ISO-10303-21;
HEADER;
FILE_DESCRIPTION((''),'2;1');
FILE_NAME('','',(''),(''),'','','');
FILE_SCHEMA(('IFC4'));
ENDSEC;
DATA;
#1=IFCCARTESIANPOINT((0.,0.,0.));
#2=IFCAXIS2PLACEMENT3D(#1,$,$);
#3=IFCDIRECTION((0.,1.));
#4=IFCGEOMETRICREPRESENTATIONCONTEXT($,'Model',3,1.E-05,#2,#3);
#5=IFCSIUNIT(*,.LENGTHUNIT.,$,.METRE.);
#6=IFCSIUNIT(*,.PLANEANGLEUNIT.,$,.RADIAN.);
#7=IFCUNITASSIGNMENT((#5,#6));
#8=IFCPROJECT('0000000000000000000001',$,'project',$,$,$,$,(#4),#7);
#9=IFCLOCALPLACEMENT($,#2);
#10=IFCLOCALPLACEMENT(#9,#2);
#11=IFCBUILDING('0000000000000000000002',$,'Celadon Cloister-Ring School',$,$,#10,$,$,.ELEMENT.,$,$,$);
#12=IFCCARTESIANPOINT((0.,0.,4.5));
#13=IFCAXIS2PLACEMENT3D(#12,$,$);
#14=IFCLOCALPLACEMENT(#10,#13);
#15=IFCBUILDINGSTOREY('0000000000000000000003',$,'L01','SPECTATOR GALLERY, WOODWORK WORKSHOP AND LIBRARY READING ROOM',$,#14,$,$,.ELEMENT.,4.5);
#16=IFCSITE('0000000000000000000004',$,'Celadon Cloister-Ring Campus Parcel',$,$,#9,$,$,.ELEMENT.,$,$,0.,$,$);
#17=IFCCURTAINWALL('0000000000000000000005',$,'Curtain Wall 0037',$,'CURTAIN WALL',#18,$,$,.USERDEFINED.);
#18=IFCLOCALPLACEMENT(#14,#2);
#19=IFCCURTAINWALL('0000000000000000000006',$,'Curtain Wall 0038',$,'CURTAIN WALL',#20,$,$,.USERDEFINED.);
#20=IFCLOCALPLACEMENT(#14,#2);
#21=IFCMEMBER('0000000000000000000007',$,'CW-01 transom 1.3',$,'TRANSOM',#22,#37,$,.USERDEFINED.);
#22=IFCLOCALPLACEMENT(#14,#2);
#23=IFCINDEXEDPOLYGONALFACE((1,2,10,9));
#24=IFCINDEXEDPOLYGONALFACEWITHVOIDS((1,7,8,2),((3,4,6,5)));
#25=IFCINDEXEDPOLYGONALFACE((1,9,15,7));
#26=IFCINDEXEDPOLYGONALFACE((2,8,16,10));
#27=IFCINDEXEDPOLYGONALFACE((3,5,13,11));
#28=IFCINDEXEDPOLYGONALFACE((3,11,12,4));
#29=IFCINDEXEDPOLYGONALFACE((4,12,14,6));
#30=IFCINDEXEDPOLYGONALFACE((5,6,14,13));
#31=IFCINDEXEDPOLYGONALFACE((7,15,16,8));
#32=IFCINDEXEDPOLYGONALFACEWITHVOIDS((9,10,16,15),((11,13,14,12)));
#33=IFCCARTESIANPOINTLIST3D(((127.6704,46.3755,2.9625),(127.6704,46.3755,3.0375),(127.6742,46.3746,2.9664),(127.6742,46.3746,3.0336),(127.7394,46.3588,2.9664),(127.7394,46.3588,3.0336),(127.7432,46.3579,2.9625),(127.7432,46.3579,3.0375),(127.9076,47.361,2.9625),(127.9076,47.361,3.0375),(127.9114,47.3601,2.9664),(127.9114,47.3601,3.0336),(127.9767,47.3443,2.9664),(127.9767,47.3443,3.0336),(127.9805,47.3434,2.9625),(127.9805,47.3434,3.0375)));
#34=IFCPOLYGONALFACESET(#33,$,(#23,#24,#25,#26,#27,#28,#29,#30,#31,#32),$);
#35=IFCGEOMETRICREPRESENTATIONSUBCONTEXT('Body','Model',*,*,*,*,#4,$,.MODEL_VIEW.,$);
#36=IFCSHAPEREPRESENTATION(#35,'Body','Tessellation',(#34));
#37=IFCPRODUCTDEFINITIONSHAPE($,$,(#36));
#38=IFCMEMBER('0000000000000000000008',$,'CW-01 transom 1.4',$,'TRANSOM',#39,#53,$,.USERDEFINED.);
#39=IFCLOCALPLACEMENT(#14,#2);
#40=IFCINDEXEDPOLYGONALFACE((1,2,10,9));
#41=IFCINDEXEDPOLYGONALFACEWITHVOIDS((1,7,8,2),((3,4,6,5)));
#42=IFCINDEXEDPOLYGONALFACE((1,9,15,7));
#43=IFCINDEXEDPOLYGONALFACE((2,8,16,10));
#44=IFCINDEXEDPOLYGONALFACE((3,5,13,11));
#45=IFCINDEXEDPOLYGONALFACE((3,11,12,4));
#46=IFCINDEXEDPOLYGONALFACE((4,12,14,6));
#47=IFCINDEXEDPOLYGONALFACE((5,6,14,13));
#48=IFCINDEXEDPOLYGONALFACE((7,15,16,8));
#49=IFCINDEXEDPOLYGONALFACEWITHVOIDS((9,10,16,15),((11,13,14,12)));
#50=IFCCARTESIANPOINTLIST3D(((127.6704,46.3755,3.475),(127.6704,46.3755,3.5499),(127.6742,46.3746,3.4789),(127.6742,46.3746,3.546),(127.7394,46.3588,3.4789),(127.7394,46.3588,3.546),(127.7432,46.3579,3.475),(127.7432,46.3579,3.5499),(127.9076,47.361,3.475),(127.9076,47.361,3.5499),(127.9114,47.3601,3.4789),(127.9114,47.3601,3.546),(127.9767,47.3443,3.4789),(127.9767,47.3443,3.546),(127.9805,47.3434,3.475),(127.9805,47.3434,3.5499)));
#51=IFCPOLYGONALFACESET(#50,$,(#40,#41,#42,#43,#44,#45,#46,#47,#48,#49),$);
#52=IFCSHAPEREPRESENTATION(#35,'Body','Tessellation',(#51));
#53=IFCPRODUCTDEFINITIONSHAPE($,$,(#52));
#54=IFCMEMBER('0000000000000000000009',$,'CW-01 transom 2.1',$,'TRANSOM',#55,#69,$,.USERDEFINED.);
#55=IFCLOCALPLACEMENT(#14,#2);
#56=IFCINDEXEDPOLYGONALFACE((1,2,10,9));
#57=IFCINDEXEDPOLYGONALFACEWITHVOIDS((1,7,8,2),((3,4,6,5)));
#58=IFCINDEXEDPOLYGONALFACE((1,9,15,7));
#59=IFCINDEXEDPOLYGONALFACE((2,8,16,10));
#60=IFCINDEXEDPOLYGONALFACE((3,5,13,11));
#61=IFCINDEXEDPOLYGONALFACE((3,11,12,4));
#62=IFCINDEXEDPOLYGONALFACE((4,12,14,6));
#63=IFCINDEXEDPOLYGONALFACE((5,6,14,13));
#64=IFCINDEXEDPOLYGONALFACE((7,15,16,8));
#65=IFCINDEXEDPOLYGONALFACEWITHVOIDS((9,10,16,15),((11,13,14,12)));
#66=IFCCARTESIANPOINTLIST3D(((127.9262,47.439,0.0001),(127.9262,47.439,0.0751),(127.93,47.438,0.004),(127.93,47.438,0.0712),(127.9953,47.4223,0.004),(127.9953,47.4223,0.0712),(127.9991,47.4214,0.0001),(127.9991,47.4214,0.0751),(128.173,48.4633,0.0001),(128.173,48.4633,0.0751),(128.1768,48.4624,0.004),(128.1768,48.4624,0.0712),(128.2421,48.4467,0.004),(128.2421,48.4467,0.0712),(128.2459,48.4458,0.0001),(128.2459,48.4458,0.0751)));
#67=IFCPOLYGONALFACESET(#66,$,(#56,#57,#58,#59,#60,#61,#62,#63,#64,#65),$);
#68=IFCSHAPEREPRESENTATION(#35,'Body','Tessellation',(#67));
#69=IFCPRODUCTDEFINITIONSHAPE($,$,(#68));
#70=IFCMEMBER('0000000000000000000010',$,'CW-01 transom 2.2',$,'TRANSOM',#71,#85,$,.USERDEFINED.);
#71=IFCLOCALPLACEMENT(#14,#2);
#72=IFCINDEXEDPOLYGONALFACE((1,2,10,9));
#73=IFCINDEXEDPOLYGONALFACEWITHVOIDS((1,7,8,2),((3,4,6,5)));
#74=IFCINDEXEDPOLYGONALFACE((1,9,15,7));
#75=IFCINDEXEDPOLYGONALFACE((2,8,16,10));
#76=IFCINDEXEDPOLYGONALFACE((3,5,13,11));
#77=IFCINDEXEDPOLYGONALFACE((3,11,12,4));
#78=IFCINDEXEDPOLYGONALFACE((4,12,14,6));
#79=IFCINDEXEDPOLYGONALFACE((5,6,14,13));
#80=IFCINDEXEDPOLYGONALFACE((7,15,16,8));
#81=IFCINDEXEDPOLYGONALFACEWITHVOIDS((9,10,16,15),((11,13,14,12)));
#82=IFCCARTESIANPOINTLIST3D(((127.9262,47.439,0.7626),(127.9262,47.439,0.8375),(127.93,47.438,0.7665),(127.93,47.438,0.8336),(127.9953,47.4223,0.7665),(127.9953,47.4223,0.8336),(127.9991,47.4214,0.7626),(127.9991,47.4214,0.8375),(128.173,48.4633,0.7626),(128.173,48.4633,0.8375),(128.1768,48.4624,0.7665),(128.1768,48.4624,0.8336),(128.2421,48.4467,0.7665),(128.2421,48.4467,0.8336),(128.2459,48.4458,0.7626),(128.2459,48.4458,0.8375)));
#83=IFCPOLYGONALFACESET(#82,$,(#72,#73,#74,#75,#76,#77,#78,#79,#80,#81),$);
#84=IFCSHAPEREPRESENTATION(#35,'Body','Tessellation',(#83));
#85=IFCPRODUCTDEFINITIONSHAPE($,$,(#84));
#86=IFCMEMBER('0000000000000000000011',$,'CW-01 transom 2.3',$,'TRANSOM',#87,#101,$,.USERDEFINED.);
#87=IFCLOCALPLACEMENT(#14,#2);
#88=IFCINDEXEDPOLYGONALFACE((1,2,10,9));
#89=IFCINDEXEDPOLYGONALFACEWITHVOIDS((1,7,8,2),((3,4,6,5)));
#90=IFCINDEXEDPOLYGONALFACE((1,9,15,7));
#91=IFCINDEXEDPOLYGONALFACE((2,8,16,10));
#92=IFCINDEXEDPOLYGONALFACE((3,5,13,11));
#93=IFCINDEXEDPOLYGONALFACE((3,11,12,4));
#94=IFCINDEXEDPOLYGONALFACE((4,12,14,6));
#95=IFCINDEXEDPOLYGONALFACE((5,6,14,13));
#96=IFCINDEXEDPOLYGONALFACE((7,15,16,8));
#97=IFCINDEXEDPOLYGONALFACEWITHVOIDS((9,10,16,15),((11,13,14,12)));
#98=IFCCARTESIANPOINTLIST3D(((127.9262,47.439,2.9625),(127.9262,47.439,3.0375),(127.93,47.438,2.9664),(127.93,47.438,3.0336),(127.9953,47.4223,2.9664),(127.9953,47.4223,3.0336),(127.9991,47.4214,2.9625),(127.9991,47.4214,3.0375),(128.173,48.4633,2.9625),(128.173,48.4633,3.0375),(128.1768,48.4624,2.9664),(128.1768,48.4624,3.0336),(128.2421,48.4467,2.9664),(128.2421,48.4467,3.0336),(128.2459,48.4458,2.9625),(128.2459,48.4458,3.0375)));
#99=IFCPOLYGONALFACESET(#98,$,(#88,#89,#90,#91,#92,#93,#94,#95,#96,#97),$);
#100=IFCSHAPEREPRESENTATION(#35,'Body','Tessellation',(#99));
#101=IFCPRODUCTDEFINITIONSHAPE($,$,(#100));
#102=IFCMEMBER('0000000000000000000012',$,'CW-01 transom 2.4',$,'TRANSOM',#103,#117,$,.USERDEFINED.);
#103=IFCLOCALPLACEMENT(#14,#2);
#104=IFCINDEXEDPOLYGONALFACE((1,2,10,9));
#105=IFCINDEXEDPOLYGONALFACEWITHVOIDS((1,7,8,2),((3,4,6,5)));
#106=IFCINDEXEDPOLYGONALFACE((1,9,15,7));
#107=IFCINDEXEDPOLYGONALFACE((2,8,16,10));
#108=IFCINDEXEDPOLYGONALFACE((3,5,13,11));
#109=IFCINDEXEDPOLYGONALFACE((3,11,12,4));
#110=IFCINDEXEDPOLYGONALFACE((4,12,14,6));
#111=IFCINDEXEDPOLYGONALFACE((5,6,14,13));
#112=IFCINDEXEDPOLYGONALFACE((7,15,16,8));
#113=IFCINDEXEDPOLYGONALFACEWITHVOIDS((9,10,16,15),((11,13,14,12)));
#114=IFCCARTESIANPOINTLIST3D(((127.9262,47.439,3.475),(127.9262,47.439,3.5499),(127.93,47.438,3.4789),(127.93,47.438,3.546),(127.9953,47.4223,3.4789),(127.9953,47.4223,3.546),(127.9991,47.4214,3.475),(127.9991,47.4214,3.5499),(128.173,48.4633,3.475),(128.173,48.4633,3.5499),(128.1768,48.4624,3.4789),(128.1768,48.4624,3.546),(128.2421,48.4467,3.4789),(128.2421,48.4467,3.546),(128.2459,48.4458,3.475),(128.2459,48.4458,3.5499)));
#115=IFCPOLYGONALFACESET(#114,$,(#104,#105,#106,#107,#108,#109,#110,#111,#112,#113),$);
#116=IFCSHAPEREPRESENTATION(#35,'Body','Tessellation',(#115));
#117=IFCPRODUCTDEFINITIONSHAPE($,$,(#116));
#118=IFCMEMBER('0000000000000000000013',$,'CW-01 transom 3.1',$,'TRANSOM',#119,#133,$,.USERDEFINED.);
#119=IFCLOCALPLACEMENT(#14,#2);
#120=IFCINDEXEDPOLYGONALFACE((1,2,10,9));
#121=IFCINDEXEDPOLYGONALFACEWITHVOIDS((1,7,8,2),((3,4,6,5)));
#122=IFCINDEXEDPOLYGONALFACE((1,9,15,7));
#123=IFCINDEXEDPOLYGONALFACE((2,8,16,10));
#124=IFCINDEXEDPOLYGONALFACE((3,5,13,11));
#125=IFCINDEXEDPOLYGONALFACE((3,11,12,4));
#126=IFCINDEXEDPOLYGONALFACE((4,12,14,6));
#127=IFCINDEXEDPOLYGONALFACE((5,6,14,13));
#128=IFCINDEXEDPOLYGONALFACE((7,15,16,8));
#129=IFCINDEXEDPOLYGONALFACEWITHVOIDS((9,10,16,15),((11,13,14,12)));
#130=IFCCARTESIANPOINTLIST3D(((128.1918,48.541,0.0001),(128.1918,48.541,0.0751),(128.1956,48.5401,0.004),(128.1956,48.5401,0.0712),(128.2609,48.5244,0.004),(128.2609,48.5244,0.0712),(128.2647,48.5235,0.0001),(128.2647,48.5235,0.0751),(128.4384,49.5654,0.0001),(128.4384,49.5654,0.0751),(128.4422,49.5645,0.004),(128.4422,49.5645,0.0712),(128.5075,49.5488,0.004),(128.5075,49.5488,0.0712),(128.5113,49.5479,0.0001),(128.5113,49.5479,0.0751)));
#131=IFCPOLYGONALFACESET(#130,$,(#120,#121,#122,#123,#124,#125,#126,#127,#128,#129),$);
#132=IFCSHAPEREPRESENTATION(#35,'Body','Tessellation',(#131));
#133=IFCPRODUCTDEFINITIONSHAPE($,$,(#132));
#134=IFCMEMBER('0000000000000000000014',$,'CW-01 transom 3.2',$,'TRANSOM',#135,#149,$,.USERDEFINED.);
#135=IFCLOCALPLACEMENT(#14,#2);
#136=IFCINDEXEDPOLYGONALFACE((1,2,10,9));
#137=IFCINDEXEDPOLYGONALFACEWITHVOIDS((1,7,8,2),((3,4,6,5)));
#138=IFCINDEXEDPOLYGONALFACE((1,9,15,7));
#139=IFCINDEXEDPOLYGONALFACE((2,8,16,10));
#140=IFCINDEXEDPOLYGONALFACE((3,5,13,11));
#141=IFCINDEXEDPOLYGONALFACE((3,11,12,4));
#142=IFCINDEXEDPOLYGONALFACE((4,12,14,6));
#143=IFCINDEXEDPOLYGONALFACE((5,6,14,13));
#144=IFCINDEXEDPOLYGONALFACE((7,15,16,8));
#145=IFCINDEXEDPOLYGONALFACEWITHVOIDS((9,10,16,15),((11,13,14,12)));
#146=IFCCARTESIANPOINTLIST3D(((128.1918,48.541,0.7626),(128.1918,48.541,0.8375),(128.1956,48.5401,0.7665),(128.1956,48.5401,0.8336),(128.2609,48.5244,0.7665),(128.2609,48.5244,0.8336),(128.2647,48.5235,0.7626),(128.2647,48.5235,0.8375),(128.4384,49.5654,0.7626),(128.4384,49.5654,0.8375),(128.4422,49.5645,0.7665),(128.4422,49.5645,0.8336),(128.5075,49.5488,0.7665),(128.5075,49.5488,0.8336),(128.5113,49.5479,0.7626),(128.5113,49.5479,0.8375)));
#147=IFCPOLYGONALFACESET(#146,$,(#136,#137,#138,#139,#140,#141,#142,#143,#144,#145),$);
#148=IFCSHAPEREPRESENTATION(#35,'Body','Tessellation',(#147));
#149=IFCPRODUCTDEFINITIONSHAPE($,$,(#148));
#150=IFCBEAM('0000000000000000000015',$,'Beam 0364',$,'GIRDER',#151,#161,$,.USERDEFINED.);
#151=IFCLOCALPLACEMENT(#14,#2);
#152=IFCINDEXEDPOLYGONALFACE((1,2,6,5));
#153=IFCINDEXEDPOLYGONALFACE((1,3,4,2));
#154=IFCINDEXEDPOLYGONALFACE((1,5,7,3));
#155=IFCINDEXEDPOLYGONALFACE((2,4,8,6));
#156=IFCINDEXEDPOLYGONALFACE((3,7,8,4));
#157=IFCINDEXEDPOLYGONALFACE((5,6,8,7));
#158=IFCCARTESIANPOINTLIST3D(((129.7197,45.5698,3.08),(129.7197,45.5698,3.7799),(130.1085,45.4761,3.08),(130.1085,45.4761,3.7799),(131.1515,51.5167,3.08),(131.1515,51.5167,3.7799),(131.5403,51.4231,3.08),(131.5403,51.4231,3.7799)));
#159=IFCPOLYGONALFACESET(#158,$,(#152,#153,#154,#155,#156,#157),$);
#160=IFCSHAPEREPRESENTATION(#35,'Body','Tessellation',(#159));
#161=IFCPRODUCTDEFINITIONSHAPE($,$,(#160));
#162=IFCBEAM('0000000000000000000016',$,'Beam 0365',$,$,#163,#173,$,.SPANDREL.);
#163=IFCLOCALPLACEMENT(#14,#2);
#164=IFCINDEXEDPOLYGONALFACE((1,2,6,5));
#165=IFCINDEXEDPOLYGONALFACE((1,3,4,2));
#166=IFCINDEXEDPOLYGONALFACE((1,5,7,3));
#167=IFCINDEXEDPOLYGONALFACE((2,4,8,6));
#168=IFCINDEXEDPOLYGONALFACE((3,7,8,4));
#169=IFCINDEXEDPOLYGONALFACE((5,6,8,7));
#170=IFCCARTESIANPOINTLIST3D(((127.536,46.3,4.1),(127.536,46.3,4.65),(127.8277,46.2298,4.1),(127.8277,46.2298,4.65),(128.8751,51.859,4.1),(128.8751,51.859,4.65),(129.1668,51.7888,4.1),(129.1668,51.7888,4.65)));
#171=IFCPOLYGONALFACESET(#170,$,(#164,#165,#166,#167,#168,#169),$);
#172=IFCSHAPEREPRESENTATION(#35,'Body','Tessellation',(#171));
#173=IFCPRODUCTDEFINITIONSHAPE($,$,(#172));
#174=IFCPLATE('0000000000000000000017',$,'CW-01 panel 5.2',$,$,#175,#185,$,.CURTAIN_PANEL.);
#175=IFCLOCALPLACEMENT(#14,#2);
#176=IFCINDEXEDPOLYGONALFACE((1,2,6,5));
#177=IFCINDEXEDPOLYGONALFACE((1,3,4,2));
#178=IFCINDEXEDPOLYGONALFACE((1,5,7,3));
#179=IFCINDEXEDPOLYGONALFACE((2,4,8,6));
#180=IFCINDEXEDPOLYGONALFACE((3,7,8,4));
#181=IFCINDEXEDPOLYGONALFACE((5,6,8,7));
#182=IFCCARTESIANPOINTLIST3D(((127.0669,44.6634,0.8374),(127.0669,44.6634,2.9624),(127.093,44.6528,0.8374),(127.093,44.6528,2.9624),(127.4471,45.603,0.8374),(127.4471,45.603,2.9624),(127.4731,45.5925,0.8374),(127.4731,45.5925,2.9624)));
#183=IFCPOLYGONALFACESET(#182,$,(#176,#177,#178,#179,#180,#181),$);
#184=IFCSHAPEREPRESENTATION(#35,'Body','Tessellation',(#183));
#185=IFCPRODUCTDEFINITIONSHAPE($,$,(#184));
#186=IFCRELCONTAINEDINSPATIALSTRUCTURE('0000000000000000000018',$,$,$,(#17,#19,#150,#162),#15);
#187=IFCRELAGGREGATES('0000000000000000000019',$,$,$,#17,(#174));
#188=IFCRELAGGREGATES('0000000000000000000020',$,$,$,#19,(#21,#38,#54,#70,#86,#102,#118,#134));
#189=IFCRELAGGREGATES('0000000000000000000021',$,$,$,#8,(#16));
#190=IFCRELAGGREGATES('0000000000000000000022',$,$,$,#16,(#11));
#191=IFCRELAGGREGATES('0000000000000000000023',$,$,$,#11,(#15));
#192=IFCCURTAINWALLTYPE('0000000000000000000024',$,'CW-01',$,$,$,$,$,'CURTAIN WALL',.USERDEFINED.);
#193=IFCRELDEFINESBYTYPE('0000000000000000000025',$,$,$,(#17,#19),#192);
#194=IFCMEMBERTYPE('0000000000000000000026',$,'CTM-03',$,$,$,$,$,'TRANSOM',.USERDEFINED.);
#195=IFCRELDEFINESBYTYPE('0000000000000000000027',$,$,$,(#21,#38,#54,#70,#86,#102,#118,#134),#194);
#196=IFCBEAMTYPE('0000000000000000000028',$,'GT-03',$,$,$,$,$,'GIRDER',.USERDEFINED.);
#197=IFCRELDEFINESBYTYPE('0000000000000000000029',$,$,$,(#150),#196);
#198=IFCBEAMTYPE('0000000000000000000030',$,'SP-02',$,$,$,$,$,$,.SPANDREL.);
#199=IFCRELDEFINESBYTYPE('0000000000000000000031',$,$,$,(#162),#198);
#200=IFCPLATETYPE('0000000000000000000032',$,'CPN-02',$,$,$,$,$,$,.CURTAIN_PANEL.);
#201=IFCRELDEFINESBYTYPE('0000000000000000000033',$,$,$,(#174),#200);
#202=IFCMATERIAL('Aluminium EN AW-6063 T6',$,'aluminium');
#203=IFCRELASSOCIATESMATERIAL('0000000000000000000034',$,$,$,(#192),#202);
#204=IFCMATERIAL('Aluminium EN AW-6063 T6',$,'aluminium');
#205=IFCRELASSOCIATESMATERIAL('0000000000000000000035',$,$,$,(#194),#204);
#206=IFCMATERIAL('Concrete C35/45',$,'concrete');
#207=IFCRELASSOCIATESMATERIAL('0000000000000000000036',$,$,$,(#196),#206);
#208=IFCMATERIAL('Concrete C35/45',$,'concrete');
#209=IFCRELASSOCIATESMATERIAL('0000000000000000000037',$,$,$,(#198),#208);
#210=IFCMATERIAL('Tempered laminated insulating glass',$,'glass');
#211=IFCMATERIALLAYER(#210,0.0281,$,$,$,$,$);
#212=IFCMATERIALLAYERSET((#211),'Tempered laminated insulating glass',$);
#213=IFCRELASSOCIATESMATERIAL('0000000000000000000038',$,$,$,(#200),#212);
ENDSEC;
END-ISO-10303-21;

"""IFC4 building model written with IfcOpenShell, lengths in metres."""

from ifc_helpers import new_model, si_unit, direction, frame, origin, origin_2d, place, context, subcontext, project, spatial, rectangle, hollow_rectangle, extrude, material, layer, layer_set, material_profile, profile_set, type_object, element, aggregate, save


model = new_model("IFC4")

# Units and contexts
model_context = context("Model", 3, precision=1e-05, world=origin(), true_north=direction((0.0, 1.0)))
body_context = subcontext(model_context, "Body", "Model", "MODEL_VIEW")
ifc_project = project(units=[si_unit("LENGTHUNIT", "METRE"), si_unit("PLANEANGLEUNIT", "RADIAN")], contexts=[model_context])

# Site, building, storey
site_placement = place(None, origin())
site = spatial("IfcSite", under=ifc_project, at=site_placement, Name="Celadon Cloister-Ring Campus Parcel", CompositionType="ELEMENT", RefElevation=0.0)
building_placement = place(site_placement, origin())
building = spatial("IfcBuilding", under=site, at=building_placement, Name="Celadon Cloister-Ring School", CompositionType="ELEMENT")
storey_placement = place(building_placement, frame((0.0, 0.0, 4.5)))
storey = spatial("IfcBuildingStorey", under=building, at=storey_placement, Name="L01", Description="SPECTATOR GALLERY, WOODWORK WORKSHOP AND LIBRARY READING ROOM", CompositionType="ELEMENT", Elevation=4.5)

# Curtain wall
ifc_material_1 = material(Name="Aluminium EN AW-6063 T6", Category="aluminium")
curtain_wall_type = type_object("IfcCurtainWallType", Name="CW-01", ElementType="CURTAIN WALL", PredefinedType="USERDEFINED", material=ifc_material_1)
curtain_wall_1_placement = place(storey_placement, origin())
curtain_wall_1 = element("IfcCurtainWall", 1, at=curtain_wall_1_placement, inside=storey, type_object=curtain_wall_type, Name="Curtain Wall 0037", ObjectType="CURTAIN WALL", PredefinedType="USERDEFINED")

# Curtain wall, members
curtain_wall_2_placement = place(storey_placement, origin())
curtain_wall_2 = element("IfcCurtainWall", 2, at=curtain_wall_2_placement, inside=storey, type_object=curtain_wall_type, Name="Curtain Wall 0038", ObjectType="CURTAIN WALL", PredefinedType="USERDEFINED")
ifc_material_2 = material(Name="Aluminium EN AW-6063 T6", Category="aluminium")
ifc_material_profile_1 = material_profile(ifc_material_2, hollow_rectangle(XDim=0.075, YDim=0.075, WallThickness=0.0039, at=origin_2d()), Name="RHS75X75X4")
ifc_profile_set_1 = profile_set([ifc_material_profile_1], Name="Aluminium EN AW-6063 T6")
member_type_1 = type_object("IfcMemberType", Name="CTM-03", ElementType="TRANSOM", PredefinedType="USERDEFINED", material=ifc_profile_set_1)
member_1_placement = place(storey_placement, frame((127.7068, 46.3667, 3.0), z_axis=(0.234083, 0.972217, 0.0), x_axis=(-0.972217, 0.234083, 0.0)))
member_1 = element("IfcMember", 3, at=member_1_placement, type_object=member_type_1, Name="CW-01 transom 1.3", ObjectType="TRANSOM", PredefinedType="USERDEFINED", context=body_context, shape_type="SweptSolid", body=[
    extrude(hollow_rectangle(XDim=0.075, YDim=0.075, WallThickness=0.0039, at=origin_2d()), origin(), (0.0, 0.0, 1.0), 1.0137),
])
member_2_placement = place(storey_placement, frame((127.7068, 46.3667, 3.5125), z_axis=(0.234083, 0.972217, 0.0), x_axis=(-0.972217, 0.234083, 0.0)))
member_2 = element("IfcMember", 4, at=member_2_placement, type_object=member_type_1, Name="CW-01 transom 1.4", ObjectType="TRANSOM", PredefinedType="USERDEFINED", context=body_context, shape_type="SweptSolid", body=[
    extrude(hollow_rectangle(XDim=0.075, YDim=0.075, WallThickness=0.0039, at=origin_2d()), origin(), (0.0, 0.0, 1.0), 1.0137),
])
member_3_placement = place(storey_placement, frame((127.9626, 47.4302, 0.0376), z_axis=(0.23424, 0.972179, 0.0), x_axis=(-0.972179, 0.23424, 0.0)))
member_3 = element("IfcMember", 5, at=member_3_placement, type_object=member_type_1, Name="CW-01 transom 2.1", ObjectType="TRANSOM", PredefinedType="USERDEFINED", context=body_context, shape_type="SweptSolid", body=[
    extrude(hollow_rectangle(XDim=0.075, YDim=0.075, WallThickness=0.0039, at=origin_2d()), origin(), (0.0, 0.0, 1.0), 1.0537),
])
member_4_placement = place(storey_placement, frame((127.9626, 47.4302, 0.8), z_axis=(0.23424, 0.972179, 0.0), x_axis=(-0.972179, 0.23424, 0.0)))
member_4 = element("IfcMember", 6, at=member_4_placement, type_object=member_type_1, Name="CW-01 transom 2.2", ObjectType="TRANSOM", PredefinedType="USERDEFINED", context=body_context, shape_type="SweptSolid", body=[
    extrude(hollow_rectangle(XDim=0.075, YDim=0.075, WallThickness=0.0039, at=origin_2d()), origin(), (0.0, 0.0, 1.0), 1.0537),
])
member_5_placement = place(storey_placement, frame((127.9626, 47.4302, 3.0), z_axis=(0.23424, 0.972179, 0.0), x_axis=(-0.972179, 0.23424, 0.0)))
member_5 = element("IfcMember", 7, at=member_5_placement, type_object=member_type_1, Name="CW-01 transom 2.3", ObjectType="TRANSOM", PredefinedType="USERDEFINED", context=body_context, shape_type="SweptSolid", body=[
    extrude(hollow_rectangle(XDim=0.075, YDim=0.075, WallThickness=0.0039, at=origin_2d()), origin(), (0.0, 0.0, 1.0), 1.0537),
])
member_6_placement = place(storey_placement, frame((127.9626, 47.4302, 3.5125), z_axis=(0.23424, 0.972179, 0.0), x_axis=(-0.972179, 0.23424, 0.0)))
member_6 = element("IfcMember", 8, at=member_6_placement, type_object=member_type_1, Name="CW-01 transom 2.4", ObjectType="TRANSOM", PredefinedType="USERDEFINED", context=body_context, shape_type="SweptSolid", body=[
    extrude(hollow_rectangle(XDim=0.075, YDim=0.075, WallThickness=0.0039, at=origin_2d()), origin(), (0.0, 0.0, 1.0), 1.0537),
])
member_7_placement = place(storey_placement, frame((128.2283, 48.5322, 0.0376), z_axis=(0.234021, 0.972231, 0.0), x_axis=(-0.972231, 0.234021, 0.0)))
member_7 = element("IfcMember", 9, at=member_7_placement, type_object=member_type_1, Name="CW-01 transom 3.1", ObjectType="TRANSOM", PredefinedType="USERDEFINED", context=body_context, shape_type="SweptSolid", body=[
    extrude(hollow_rectangle(XDim=0.075, YDim=0.075, WallThickness=0.0039, at=origin_2d()), origin(), (0.0, 0.0, 1.0), 1.0537),
])
member_8_placement = place(storey_placement, frame((128.2283, 48.5322, 0.8), z_axis=(0.234021, 0.972231, 0.0), x_axis=(-0.972231, 0.234021, 0.0)))
member_8 = element("IfcMember", 10, at=member_8_placement, type_object=member_type_1, Name="CW-01 transom 3.2", ObjectType="TRANSOM", PredefinedType="USERDEFINED", context=body_context, shape_type="SweptSolid", body=[
    extrude(hollow_rectangle(XDim=0.075, YDim=0.075, WallThickness=0.0039, at=origin_2d()), origin(), (0.0, 0.0, 1.0), 1.0537),
])

# Beams
ifc_material_3 = material(Name="Concrete C35/45", Category="concrete")
ifc_material_profile_2 = material_profile(ifc_material_3, rectangle(XDim=0.3999, YDim=0.7, at=origin_2d()), Name="RC400X700")
ifc_profile_set_2 = profile_set([ifc_material_profile_2], Name="Concrete C35/45")
beam_type_1 = type_object("IfcBeamType", Name="GT-03", ElementType="GIRDER", PredefinedType="USERDEFINED", material=ifc_profile_set_2)
beam_1_placement = place(storey_placement, frame((129.9141, 45.5229, 3.4299), z_axis=(0.234084, 0.972216, 0.0), x_axis=(-0.972216, 0.234084, 0.0)))
element("IfcBeam", 11, at=beam_1_placement, inside=storey, type_object=beam_type_1, Name="Beam 0364", ObjectType="GIRDER", PredefinedType="USERDEFINED", context=body_context, shape_type="SweptSolid", body=[
    extrude(rectangle(XDim=0.3999, YDim=0.7, at=origin_2d()), origin(), (0.0, 0.0, 1.0), 6.1169),
])
ifc_material_4 = material(Name="Concrete C35/45", Category="concrete")
ifc_material_profile_3 = material_profile(ifc_material_4, rectangle(XDim=0.3, YDim=0.55, at=origin_2d()), Name="RC300X550")
ifc_profile_set_3 = profile_set([ifc_material_profile_3], Name="Concrete C35/45")
beam_type_2 = type_object("IfcBeamType", Name="SP-02", PredefinedType="SPANDREL", material=ifc_profile_set_3)
beam_2_placement = place(storey_placement, frame((127.6819, 46.2649, 4.375), z_axis=(0.234188, 0.972191, 0.0), x_axis=(-0.972191, 0.234188, 0.0)))
element("IfcBeam", 12, at=beam_2_placement, inside=storey, type_object=beam_type_2, Name="Beam 0365", PredefinedType="SPANDREL", context=body_context, shape_type="SweptSolid", body=[
    extrude(rectangle(XDim=0.3, YDim=0.55, at=origin_2d()), origin(), (0.0, 0.0, 1.0), 5.718),
])

# Plate
ifc_material_5 = material(Name="Tempered laminated insulating glass", Category="glass")
ifc_layer_1 = layer(ifc_material_5, 0.0281)
ifc_layer_set_1 = layer_set([ifc_layer_1], Name="Tempered laminated insulating glass")
plate_type = type_object("IfcPlateType", Name="CPN-02", PredefinedType="CURTAIN_PANEL", material=ifc_layer_set_1)
plate_1_placement = place(storey_placement, frame((127.27, 45.1279, 0.8374), z_axis=(0.0, 0.0, 1.0), x_axis=(0.375038, 0.92701, 0.0)))
plate_1 = element("IfcPlate", 13, at=plate_1_placement, type_object=plate_type, Name="CW-01 panel 5.2", PredefinedType="CURTAIN_PANEL", context=body_context, shape_type="SweptSolid", body=[
    extrude(rectangle(XDim=1.0137, YDim=0.0281, at=origin_2d()), origin(), (0.0, 0.0, 1.0), 2.125),
])
aggregate(curtain_wall_1, [plate_1])
aggregate(curtain_wall_2, [member_1, member_2, member_3, member_4, member_5, member_6, member_7, member_8])

save(model, "model.ifc")
